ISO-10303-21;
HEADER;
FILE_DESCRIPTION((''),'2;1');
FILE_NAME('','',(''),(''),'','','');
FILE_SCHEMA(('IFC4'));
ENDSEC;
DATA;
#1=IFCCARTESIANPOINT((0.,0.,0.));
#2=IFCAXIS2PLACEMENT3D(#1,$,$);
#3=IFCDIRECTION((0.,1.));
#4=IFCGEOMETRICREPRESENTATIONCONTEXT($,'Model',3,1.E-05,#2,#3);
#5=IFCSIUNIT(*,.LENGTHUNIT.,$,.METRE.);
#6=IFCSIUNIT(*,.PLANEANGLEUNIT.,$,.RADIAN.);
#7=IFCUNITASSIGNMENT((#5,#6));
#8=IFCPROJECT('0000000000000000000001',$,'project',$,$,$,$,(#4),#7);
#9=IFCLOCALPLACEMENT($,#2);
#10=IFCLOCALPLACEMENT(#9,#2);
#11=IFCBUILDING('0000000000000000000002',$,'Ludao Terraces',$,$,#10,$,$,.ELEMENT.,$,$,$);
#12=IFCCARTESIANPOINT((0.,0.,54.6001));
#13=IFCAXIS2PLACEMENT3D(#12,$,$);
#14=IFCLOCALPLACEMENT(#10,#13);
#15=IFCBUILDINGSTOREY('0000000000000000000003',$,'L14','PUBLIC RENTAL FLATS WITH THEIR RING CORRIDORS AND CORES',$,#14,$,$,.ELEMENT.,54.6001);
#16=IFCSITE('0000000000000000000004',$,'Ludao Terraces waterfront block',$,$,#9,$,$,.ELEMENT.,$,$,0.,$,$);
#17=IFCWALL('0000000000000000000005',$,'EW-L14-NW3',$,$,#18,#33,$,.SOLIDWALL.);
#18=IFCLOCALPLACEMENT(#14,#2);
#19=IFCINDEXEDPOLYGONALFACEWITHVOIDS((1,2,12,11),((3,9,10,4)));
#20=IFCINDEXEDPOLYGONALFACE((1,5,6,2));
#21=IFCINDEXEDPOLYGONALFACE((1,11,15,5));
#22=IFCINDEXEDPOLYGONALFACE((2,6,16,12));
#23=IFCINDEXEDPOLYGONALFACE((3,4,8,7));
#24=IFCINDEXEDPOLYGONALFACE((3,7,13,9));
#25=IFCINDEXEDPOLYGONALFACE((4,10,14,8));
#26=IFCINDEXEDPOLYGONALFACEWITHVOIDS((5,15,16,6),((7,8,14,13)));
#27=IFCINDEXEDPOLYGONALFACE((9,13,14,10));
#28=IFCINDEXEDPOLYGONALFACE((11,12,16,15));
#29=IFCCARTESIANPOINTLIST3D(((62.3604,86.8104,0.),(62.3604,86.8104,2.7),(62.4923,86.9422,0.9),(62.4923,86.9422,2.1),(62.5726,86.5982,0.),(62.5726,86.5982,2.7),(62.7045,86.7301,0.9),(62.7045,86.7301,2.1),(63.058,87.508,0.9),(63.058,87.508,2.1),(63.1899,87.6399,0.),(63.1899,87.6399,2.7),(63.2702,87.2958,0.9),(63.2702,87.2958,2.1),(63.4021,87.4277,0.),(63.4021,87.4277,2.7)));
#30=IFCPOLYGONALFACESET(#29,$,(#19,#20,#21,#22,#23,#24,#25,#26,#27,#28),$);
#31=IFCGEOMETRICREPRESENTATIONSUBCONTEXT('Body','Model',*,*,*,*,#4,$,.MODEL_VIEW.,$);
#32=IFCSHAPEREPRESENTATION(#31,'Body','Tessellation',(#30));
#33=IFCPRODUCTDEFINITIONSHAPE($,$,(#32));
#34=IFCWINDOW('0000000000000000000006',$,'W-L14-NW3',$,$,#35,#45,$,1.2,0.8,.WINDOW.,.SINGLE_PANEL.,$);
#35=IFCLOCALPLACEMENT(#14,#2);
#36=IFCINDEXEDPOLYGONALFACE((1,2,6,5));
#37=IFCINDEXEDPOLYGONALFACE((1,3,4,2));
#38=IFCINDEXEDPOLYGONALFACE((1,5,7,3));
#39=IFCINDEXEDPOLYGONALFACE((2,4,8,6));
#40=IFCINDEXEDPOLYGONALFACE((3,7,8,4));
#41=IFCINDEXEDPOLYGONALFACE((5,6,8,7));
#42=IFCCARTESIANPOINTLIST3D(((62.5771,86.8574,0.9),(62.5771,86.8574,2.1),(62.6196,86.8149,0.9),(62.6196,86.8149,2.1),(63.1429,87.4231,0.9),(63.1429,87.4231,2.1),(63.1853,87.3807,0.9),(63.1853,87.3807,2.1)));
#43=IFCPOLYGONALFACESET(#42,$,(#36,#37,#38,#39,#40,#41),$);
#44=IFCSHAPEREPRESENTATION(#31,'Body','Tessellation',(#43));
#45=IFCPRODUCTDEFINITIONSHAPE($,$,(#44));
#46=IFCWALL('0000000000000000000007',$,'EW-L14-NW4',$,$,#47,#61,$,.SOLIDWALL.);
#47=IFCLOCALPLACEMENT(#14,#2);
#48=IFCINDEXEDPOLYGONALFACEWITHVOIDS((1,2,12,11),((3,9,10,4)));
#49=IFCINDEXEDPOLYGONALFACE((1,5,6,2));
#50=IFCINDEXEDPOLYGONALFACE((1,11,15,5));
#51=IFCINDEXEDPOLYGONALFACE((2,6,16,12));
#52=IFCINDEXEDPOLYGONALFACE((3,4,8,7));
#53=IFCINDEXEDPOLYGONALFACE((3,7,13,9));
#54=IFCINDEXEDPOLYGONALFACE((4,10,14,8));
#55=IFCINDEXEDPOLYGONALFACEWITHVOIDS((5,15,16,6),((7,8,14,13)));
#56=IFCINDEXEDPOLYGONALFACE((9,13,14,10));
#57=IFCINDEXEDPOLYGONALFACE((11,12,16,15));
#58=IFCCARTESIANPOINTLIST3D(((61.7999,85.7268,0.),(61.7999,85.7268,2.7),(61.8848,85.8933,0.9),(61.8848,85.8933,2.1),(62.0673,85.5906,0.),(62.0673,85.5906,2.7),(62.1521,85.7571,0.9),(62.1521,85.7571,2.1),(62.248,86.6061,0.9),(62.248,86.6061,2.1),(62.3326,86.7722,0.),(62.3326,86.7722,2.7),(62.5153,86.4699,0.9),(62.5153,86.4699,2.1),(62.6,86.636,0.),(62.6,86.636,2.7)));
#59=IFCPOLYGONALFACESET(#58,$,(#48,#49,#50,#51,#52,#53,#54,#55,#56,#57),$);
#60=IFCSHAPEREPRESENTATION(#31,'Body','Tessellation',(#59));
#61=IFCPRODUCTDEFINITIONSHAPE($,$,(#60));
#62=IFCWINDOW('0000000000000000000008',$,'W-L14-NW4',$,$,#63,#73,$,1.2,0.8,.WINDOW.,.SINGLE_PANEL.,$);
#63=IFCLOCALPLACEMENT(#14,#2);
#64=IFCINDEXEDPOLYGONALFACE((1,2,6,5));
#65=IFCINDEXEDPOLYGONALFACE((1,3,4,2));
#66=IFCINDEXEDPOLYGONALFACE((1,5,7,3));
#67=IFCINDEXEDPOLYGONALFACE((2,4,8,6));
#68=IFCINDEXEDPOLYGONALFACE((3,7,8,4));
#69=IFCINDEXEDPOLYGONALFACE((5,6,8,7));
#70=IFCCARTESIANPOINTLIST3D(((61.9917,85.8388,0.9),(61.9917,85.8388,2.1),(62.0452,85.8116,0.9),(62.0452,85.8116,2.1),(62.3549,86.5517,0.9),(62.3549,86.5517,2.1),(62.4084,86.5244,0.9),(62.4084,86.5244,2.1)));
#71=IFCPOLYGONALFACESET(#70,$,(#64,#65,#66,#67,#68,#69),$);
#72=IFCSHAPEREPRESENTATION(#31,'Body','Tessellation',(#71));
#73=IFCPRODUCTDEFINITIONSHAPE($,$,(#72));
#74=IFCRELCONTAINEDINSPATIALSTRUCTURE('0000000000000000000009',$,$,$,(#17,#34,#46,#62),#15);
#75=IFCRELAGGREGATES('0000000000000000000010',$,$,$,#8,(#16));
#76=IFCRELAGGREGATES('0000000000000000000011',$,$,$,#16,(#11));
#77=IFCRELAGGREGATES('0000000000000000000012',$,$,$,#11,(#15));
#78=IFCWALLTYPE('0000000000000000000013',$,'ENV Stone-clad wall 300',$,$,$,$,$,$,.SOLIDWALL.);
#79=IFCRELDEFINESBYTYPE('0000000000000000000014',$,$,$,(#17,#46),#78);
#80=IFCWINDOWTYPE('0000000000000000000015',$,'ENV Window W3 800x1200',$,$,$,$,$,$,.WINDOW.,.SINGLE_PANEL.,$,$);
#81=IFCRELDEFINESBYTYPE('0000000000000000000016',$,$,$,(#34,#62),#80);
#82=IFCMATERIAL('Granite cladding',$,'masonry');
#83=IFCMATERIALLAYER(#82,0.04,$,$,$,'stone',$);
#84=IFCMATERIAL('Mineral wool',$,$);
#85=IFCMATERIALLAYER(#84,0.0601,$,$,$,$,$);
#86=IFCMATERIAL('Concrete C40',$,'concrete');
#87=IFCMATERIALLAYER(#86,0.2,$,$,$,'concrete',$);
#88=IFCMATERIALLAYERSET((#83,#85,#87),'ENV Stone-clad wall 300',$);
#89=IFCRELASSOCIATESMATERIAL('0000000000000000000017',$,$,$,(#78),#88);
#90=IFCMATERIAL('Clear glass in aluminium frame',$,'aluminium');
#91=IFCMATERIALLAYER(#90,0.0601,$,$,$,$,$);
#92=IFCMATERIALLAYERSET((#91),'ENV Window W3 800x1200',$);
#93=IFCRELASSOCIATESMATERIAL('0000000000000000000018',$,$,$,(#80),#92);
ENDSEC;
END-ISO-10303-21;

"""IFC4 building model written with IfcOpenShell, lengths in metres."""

from ifc_helpers import new_model, si_unit, direction, frame, frame_2d, origin, place, context, subcontext, project, spatial, rectangle, extrude, material, layer, layer_set, type_object, element, fill, save


model = new_model("IFC4")

# Units and contexts
model_context = context("Model", 3, precision=1e-05, world=origin(), true_north=direction((0.0, 1.0)))
body_context = subcontext(model_context, "Body", "Model", "MODEL_VIEW")
ifc_project = project(units=[si_unit("LENGTHUNIT", "METRE"), si_unit("PLANEANGLEUNIT", "RADIAN")], contexts=[model_context])

# Site, building, storey
site_placement = place(None, origin())
site = spatial("IfcSite", under=ifc_project, at=site_placement, Name="Ludao Terraces waterfront block", CompositionType="ELEMENT", RefElevation=0.0)
building_placement = place(site_placement, origin())
building = spatial("IfcBuilding", under=site, at=building_placement, Name="Ludao Terraces", CompositionType="ELEMENT")
storey_placement = place(building_placement, frame((0.0, 0.0, 54.6001)))
storey = spatial("IfcBuildingStorey", under=building, at=storey_placement, Name="L14", Description="PUBLIC RENTAL FLATS WITH THEIR RING CORRIDORS AND CORES", CompositionType="ELEMENT", Elevation=54.6001)

# Shared definitions
ifc_material_1 = material(Name="Concrete C40", Category="concrete")

# Shared definitions
ifc_material_2 = material(Name="Granite cladding", Category="masonry")
ifc_layer_1 = layer(ifc_material_2, 0.04, Category="stone")
ifc_material_3 = material(Name="Mineral wool")
ifc_layer_2 = layer(ifc_material_3, 0.0601)
ifc_layer_3 = layer(ifc_material_1, 0.2, Category="concrete")
ifc_layer_set_1 = layer_set([ifc_layer_1, ifc_layer_2, ifc_layer_3], Name="ENV Stone-clad wall 300")
wall_type_1 = type_object("IfcWallType", Name="ENV Stone-clad wall 300", PredefinedType="SOLIDWALL", material=ifc_layer_set_1)
ifc_material_4 = material(Name="Clear glass in aluminium frame", Category="aluminium")

# Walls, openings, windows
ifc_layer_4 = layer(ifc_material_4, 0.0601)
ifc_layer_set_2 = layer_set([ifc_layer_4], Name="ENV Window W3 800x1200")
window_type_1 = type_object("IfcWindowType", Name="ENV Window W3 800x1200", PartitioningType="SINGLE_PANEL", PredefinedType="WINDOW", material=ifc_layer_set_2)
wall_1_placement = place(storey_placement, frame((63.2959, 87.5337, 0.0), z_axis=(0.0, 0.0, 1.0), x_axis=(-0.707107, -0.707107, 0.0)))
wall_1 = element("IfcWall", 1, at=wall_1_placement, inside=storey, type_object=wall_type_1, Name="EW-L14-NW3", PredefinedType="SOLIDWALL", context=body_context, shape_type="SweptSolid", body=[
    extrude(rectangle(XDim=1.1731, YDim=0.3, at=frame_2d((0.5864, 0.0))), origin(), (0.0, 0.0, 1.0), 2.7),
])
opening_1_placement = place(wall_1_placement, frame((0.1865, 0.0, 0.8999)))
opening_1 = element("IfcOpeningElement", 2, at=opening_1_placement, cuts=wall_1, PredefinedType="OPENING", context=body_context, shape_type="SweptSolid", body=[
    extrude(rectangle(XDim=0.8, YDim=1.2, at=frame_2d((0.3999, 0.6001))), frame((0.0, 0.1602, 0.0), z_axis=(0.0, -1.0, 0.0), x_axis=(1.0, 0.0, 0.0)), (0.0, 0.0, 1.0), 0.3201),
])
window_1_placement = place(opening_1_placement, origin())
window_1 = element("IfcWindow", 3, at=window_1_placement, inside=storey, type_object=window_type_1, Name="W-L14-NW3", OverallHeight=1.2, OverallWidth=0.8, PartitioningType="SINGLE_PANEL", PredefinedType="WINDOW", context=body_context, shape_type="SweptSolid", body=[
    extrude(rectangle(XDim=0.8, YDim=1.2, at=frame_2d((0.3999, 0.6001))), frame((0.0, 0.03, 0.0), z_axis=(0.0, -1.0, 0.0), x_axis=(1.0, 0.0, 0.0)), (0.0, 0.0, 1.0), 0.0601),
])
fill(opening_1, window_1)
wall_2_placement = place(storey_placement, frame((62.4663, 86.7041, 0.0), z_axis=(0.0, 0.0, 1.0), x_axis=(-0.454026, -0.890989, 0.0)))
wall_2 = element("IfcWall", 4, at=wall_2_placement, inside=storey, type_object=wall_type_1, Name="EW-L14-NW4", PredefinedType="SOLIDWALL", context=body_context, shape_type="SweptSolid", body=[
    extrude(rectangle(XDim=1.1733, YDim=0.3, at=frame_2d((0.5867, 0.0))), origin(), (0.0, 0.0, 1.0), 2.7),
])
opening_2_placement = place(wall_2_placement, frame((0.1865, 0.0, 0.8999)))
opening_2 = element("IfcOpeningElement", 5, at=opening_2_placement, cuts=wall_2, PredefinedType="OPENING", context=body_context, shape_type="SweptSolid", body=[
    extrude(rectangle(XDim=0.8, YDim=1.2, at=frame_2d((0.3999, 0.6001))), frame((0.0, 0.1602, 0.0), z_axis=(0.0, -1.0, 0.0), x_axis=(1.0, 0.0, 0.0)), (0.0, 0.0, 1.0), 0.3201),
])
window_2_placement = place(opening_2_placement, origin())
window_2 = element("IfcWindow", 6, at=window_2_placement, inside=storey, type_object=window_type_1, Name="W-L14-NW4", OverallHeight=1.2, OverallWidth=0.8, PartitioningType="SINGLE_PANEL", PredefinedType="WINDOW", context=body_context, shape_type="SweptSolid", body=[
    extrude(rectangle(XDim=0.8, YDim=1.2, at=frame_2d((0.3999, 0.6001))), frame((0.0, 0.03, 0.0), z_axis=(0.0, -1.0, 0.0), x_axis=(1.0, 0.0, 0.0)), (0.0, 0.0, 1.0), 0.0601),
])
fill(opening_2, window_2)

save(model, "model.ifc")
